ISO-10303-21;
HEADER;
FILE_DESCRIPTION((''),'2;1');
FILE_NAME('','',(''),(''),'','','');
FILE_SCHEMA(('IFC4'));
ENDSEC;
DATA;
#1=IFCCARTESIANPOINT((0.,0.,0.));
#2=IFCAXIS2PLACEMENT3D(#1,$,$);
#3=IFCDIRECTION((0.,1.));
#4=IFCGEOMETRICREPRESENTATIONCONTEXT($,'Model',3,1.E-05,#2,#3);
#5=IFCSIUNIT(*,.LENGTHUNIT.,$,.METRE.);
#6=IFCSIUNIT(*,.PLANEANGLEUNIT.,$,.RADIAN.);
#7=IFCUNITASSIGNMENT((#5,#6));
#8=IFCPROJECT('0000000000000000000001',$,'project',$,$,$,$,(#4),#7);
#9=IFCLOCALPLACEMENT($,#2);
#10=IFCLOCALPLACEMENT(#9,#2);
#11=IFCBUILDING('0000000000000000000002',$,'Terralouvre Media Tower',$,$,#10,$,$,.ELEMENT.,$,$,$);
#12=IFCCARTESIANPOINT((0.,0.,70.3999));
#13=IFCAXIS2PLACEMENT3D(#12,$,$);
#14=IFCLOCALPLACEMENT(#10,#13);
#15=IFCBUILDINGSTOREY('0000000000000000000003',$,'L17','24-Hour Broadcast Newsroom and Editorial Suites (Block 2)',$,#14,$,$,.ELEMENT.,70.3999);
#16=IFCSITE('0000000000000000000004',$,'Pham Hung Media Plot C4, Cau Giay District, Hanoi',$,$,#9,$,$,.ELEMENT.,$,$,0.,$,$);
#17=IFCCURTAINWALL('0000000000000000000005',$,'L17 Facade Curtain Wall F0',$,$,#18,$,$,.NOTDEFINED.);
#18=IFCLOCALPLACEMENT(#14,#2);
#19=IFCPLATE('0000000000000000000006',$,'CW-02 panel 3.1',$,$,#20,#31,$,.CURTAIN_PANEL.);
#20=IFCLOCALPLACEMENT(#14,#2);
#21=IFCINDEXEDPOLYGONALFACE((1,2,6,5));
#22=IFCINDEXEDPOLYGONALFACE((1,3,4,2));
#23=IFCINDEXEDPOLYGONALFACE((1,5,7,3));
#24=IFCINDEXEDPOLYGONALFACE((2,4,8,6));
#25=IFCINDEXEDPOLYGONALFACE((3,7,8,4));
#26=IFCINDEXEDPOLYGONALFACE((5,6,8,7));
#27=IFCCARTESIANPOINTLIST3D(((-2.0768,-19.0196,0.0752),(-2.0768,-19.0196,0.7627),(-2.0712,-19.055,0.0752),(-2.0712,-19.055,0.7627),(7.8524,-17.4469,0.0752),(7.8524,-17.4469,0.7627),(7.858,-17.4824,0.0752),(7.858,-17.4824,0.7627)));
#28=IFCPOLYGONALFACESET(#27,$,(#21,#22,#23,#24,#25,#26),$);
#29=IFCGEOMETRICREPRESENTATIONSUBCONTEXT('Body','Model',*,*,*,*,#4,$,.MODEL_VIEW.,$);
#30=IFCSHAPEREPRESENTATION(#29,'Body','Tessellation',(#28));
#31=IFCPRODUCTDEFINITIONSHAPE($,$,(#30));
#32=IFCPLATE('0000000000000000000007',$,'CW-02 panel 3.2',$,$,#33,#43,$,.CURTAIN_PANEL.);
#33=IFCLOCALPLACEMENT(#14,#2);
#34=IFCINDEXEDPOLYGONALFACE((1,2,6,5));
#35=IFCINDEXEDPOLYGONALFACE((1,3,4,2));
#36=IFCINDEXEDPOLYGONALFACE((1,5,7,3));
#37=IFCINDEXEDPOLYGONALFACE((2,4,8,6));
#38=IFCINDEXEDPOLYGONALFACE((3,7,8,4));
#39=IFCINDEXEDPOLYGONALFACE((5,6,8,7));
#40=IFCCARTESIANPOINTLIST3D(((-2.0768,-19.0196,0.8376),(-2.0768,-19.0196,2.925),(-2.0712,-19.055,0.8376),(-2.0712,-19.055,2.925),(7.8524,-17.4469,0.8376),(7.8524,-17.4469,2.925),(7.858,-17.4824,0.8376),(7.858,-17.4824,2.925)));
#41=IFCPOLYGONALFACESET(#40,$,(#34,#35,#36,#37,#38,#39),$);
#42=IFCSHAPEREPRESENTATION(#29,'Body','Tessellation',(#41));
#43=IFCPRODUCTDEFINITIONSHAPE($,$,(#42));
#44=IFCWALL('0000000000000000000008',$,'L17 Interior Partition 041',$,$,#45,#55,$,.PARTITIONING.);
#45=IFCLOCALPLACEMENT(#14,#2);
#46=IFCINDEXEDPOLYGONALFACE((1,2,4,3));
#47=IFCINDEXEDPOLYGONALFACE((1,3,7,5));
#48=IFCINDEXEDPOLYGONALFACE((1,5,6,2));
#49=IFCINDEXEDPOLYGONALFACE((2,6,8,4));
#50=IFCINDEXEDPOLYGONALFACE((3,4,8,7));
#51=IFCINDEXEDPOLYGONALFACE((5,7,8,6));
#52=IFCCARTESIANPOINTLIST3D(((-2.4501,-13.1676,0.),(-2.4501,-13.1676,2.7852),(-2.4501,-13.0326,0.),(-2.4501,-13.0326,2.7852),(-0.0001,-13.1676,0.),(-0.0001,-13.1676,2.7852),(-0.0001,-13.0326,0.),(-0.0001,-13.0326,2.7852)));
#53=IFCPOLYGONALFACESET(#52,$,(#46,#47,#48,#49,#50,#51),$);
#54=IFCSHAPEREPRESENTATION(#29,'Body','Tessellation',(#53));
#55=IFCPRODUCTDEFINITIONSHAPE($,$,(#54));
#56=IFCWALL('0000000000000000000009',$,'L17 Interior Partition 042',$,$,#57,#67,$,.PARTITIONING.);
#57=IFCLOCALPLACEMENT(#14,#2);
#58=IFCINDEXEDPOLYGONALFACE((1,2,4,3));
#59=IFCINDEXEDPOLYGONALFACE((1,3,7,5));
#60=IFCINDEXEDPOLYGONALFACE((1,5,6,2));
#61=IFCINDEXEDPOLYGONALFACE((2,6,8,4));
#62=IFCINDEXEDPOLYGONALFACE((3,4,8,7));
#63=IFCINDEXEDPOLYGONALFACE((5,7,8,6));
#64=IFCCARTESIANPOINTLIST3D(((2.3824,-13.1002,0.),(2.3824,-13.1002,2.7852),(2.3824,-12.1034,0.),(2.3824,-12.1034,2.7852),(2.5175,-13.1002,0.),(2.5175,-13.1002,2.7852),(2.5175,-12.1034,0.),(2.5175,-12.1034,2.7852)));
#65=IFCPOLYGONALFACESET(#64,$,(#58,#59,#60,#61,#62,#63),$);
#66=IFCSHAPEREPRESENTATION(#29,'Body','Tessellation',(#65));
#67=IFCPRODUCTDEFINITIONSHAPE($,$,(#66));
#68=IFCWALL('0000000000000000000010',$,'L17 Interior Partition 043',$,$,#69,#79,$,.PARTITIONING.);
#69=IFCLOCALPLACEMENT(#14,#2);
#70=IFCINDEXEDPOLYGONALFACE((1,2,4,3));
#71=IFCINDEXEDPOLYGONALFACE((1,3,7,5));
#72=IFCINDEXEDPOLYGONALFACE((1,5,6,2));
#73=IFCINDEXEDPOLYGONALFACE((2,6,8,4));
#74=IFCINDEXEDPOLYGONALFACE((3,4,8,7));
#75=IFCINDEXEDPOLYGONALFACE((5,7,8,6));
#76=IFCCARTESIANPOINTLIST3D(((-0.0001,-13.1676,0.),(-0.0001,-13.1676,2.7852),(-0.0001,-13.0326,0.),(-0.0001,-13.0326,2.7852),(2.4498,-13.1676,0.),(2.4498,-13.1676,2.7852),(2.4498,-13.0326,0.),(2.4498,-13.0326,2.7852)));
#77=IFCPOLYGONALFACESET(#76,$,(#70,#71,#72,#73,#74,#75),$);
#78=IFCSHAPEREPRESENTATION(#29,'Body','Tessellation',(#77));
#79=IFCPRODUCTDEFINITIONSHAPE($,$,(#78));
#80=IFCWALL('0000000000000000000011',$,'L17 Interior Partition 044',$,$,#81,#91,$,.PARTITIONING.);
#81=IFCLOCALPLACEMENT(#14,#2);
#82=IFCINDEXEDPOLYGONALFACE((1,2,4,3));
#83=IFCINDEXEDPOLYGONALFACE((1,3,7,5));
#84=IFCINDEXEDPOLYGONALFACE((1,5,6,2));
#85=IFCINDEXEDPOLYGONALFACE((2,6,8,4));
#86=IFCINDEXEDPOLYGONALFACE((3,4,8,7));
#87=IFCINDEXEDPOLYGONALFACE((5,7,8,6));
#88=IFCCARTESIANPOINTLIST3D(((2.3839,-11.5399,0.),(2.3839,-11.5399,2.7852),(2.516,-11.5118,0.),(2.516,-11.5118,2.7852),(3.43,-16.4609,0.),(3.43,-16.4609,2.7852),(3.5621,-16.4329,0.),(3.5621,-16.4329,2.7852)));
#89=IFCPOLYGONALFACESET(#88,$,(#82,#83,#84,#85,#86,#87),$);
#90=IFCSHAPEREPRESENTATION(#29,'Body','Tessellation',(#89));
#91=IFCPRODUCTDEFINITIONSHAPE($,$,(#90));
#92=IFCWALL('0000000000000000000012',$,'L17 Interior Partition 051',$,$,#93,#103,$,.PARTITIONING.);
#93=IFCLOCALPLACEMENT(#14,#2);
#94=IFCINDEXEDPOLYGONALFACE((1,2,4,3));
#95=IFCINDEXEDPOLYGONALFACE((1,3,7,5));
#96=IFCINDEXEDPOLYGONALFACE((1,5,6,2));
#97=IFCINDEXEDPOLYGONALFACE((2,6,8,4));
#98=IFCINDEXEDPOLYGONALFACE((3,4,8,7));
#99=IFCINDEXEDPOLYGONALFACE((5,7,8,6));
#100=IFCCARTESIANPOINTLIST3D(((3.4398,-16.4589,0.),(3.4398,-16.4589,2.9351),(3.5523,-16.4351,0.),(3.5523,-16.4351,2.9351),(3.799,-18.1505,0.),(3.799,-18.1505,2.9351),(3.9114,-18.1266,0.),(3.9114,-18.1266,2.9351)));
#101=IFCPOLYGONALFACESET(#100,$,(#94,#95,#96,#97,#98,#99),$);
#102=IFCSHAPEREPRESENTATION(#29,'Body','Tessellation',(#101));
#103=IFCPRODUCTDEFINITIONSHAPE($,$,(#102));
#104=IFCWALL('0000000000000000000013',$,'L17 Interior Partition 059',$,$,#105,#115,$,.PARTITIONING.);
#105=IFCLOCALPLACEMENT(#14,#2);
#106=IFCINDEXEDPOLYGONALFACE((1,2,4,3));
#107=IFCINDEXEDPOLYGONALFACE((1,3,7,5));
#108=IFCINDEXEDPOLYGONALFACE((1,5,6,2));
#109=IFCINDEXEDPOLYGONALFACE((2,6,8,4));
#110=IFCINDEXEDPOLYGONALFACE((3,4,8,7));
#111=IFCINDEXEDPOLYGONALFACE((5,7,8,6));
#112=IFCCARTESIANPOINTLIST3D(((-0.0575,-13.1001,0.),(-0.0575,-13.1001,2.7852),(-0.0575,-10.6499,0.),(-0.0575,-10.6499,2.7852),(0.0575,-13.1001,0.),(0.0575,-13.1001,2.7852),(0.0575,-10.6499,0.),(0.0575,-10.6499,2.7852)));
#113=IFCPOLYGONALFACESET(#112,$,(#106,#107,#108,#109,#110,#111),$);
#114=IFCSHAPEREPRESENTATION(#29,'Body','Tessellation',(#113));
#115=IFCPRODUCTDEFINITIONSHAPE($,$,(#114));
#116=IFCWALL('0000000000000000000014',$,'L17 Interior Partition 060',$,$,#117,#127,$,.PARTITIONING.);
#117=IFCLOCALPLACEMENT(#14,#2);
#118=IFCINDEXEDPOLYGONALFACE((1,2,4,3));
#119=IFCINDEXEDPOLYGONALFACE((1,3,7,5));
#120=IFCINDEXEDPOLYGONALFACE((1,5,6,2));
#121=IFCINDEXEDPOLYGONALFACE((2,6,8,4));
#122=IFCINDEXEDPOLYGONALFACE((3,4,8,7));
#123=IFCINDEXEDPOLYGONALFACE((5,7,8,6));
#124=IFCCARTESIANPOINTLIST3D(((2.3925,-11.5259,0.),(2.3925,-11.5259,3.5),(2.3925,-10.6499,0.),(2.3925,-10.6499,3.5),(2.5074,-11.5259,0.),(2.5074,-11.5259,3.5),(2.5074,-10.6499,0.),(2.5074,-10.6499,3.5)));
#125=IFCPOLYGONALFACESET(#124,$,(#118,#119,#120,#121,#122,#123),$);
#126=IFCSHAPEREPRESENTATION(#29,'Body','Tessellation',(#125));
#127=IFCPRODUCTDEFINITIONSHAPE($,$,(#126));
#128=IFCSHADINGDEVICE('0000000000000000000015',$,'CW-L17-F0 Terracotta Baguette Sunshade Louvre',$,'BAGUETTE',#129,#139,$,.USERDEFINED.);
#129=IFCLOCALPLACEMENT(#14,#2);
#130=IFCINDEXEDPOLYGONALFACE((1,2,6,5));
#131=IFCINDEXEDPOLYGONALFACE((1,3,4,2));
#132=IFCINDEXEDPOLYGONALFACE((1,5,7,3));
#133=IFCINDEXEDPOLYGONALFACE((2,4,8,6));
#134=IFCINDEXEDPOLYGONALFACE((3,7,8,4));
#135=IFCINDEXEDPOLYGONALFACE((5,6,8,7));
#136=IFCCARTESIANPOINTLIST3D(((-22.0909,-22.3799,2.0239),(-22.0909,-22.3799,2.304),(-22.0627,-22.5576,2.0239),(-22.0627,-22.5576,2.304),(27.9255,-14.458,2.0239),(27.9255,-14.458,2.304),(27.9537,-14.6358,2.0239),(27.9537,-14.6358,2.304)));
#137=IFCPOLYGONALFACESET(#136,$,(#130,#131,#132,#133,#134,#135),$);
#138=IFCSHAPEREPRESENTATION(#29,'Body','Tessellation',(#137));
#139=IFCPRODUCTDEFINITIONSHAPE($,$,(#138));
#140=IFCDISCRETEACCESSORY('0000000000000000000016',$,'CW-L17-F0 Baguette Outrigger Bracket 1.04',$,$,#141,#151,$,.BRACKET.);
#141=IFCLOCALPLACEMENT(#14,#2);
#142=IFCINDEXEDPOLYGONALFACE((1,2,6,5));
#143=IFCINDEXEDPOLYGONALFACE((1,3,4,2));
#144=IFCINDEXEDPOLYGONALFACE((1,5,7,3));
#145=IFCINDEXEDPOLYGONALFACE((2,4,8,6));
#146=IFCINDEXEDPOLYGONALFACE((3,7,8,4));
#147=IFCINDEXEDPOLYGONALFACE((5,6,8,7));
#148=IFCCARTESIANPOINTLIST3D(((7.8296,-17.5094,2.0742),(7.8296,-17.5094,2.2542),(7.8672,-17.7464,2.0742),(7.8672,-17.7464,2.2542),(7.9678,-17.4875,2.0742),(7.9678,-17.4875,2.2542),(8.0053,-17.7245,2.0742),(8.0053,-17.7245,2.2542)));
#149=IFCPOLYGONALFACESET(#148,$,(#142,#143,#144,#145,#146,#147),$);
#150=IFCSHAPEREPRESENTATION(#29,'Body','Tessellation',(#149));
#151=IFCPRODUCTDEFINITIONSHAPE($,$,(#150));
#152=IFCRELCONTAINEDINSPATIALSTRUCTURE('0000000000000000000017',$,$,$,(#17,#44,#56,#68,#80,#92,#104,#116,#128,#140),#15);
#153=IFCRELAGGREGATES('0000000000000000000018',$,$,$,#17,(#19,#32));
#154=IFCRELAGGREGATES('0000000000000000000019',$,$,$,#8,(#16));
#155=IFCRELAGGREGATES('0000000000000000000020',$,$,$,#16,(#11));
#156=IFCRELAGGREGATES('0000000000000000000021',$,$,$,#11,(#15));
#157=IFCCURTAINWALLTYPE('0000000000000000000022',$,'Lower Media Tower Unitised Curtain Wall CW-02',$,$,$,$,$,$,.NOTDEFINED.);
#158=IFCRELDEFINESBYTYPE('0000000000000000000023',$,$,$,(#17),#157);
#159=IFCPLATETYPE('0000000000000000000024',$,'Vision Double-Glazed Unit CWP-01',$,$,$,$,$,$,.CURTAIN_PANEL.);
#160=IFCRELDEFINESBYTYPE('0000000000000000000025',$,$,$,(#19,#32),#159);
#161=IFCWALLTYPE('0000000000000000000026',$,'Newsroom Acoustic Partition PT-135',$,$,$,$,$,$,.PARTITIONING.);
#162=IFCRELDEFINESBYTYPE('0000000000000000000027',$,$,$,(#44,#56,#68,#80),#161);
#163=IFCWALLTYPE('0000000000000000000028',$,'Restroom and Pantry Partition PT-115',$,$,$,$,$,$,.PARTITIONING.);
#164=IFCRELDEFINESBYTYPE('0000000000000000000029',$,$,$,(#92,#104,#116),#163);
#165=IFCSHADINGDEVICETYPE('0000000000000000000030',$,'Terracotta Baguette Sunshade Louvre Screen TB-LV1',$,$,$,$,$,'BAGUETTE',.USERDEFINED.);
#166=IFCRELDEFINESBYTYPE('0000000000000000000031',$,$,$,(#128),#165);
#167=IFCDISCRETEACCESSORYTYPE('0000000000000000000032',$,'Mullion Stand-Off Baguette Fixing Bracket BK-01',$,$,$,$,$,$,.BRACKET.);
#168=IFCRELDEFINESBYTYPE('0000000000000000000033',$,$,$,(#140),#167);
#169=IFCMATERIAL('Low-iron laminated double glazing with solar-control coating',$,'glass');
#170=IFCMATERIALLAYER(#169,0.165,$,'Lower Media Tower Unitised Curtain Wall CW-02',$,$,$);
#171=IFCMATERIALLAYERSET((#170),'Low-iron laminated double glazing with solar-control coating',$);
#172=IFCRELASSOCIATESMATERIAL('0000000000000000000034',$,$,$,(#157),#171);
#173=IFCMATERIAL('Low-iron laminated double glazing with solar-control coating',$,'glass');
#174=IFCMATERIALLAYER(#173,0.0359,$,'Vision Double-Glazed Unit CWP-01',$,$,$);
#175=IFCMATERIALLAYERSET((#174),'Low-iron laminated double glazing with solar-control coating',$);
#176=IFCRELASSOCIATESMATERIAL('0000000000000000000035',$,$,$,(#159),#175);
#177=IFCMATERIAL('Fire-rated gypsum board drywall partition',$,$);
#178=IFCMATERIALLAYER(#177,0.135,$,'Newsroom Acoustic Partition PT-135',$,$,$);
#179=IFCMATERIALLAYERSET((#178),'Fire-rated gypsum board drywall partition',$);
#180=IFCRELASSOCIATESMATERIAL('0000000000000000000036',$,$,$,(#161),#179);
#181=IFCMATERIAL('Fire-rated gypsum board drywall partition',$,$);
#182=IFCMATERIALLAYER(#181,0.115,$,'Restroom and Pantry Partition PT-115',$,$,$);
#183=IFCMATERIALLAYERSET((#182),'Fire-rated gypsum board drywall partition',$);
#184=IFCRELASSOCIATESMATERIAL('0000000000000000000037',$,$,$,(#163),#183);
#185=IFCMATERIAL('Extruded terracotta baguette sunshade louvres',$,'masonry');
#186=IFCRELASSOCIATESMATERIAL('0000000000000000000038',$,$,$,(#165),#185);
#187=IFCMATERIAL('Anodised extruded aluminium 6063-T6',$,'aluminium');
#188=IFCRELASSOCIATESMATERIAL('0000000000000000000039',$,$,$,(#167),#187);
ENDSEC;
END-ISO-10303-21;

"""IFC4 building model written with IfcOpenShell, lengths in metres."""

from ifc_helpers import new_model, si_unit, direction, frame, frame_2d, origin, origin_2d, place, context, subcontext, project, spatial, rectangle, extrude, material, layer, layer_set, type_object, element, aggregate, save


model = new_model("IFC4")

# Units and contexts
model_context = context("Model", 3, precision=1e-05, world=origin(), true_north=direction((0.0, 1.0)))
body_context = subcontext(model_context, "Body", "Model", "MODEL_VIEW")
ifc_project = project(units=[si_unit("LENGTHUNIT", "METRE"), si_unit("PLANEANGLEUNIT", "RADIAN")], contexts=[model_context])

# Site, building, storey
site_placement = place(None, origin())
site = spatial("IfcSite", under=ifc_project, at=site_placement, Name="Pham Hung Media Plot C4, Cau Giay District, Hanoi", CompositionType="ELEMENT", RefElevation=0.0)
building_placement = place(site_placement, origin())
building = spatial("IfcBuilding", under=site, at=building_placement, Name="Terralouvre Media Tower", CompositionType="ELEMENT")
storey_placement = place(building_placement, frame((0.0, 0.0, 70.3999)))
storey = spatial("IfcBuildingStorey", under=building, at=storey_placement, Name="L17", Description="24-Hour Broadcast Newsroom and Editorial Suites (Block 2)", CompositionType="ELEMENT", Elevation=70.3999)

# Curtain wall
ifc_material_1 = material(Name="Low-iron laminated double glazing with solar-control coating", Category="glass")
ifc_layer_1 = layer(ifc_material_1, 0.165, Name="Lower Media Tower Unitised Curtain Wall CW-02")
ifc_layer_set_1 = layer_set([ifc_layer_1], Name="Low-iron laminated double glazing with solar-control coating")
curtain_wall_type = type_object("IfcCurtainWallType", Name="Lower Media Tower Unitised Curtain Wall CW-02", PredefinedType="NOTDEFINED", material=ifc_layer_set_1)
curtain_wall_placement = place(storey_placement, origin())
curtain_wall = element("IfcCurtainWall", 1, at=curtain_wall_placement, inside=storey, type_object=curtain_wall_type, Name="L17 Facade Curtain Wall F0", PredefinedType="NOTDEFINED")

# Plates
ifc_material_2 = material(Name="Low-iron laminated double glazing with solar-control coating", Category="glass")
ifc_layer_2 = layer(ifc_material_2, 0.0359, Name="Vision Double-Glazed Unit CWP-01")
ifc_layer_set_2 = layer_set([ifc_layer_2], Name="Low-iron laminated double glazing with solar-control coating")
plate_type = type_object("IfcPlateType", Name="Vision Double-Glazed Unit CWP-01", PredefinedType="CURTAIN_PANEL", material=ifc_layer_set_2)
plate_1_placement = place(storey_placement, frame((2.8906, -18.251, 0.0752), z_axis=(0.0, 0.0, 1.0), x_axis=(0.987688, 0.156434, 0.0)))
plate_1 = element("IfcPlate", 2, at=plate_1_placement, type_object=plate_type, Name="CW-02 panel 3.1", PredefinedType="CURTAIN_PANEL", context=body_context, shape_type="SweptSolid", body=[
    extrude(rectangle(XDim=10.053, YDim=0.0359, at=origin_2d()), origin(), (0.0, 0.0, 1.0), 0.6875),
])
plate_2_placement = place(storey_placement, frame((2.8906, -18.251, 0.8376), z_axis=(0.0, 0.0, 1.0), x_axis=(0.987688, 0.156434, 0.0)))
plate_2 = element("IfcPlate", 3, at=plate_2_placement, type_object=plate_type, Name="CW-02 panel 3.2", PredefinedType="CURTAIN_PANEL", context=body_context, shape_type="SweptSolid", body=[
    extrude(rectangle(XDim=10.053, YDim=0.0359, at=origin_2d()), origin(), (0.0, 0.0, 1.0), 2.0874),
])
aggregate(curtain_wall, [plate_1, plate_2])

# Walls
ifc_material_3 = material(Name="Fire-rated gypsum board drywall partition")
ifc_layer_3 = layer(ifc_material_3, 0.135, Name="Newsroom Acoustic Partition PT-135")
ifc_layer_set_3 = layer_set([ifc_layer_3], Name="Fire-rated gypsum board drywall partition")
wall_type_1 = type_object("IfcWallType", Name="Newsroom Acoustic Partition PT-135", PredefinedType="PARTITIONING", material=ifc_layer_set_3)
wall_1_placement = place(storey_placement, frame((0.0, -13.1001, 0.0), z_axis=(0.0, 0.0, 1.0), x_axis=(-1.0, 0.0, 0.0)))
element("IfcWall", 4, at=wall_1_placement, inside=storey, type_object=wall_type_1, Name="L17 Interior Partition 041", PredefinedType="PARTITIONING", context=body_context, shape_type="SweptSolid", body=[
    extrude(rectangle(XDim=2.45, YDim=0.135, at=frame_2d((1.2251, 0.0))), origin(), (0.0, 0.0, 1.0), 2.7852),
])
wall_2_placement = place(storey_placement, frame((2.45, -12.1033, 0.0), z_axis=(0.0, 0.0, 1.0), x_axis=(0.0, -1.0, 0.0)))
element("IfcWall", 5, at=wall_2_placement, inside=storey, type_object=wall_type_1, Name="L17 Interior Partition 042", PredefinedType="PARTITIONING", context=body_context, shape_type="SweptSolid", body=[
    extrude(rectangle(XDim=0.9968, YDim=0.135, at=frame_2d((0.4985, 0.0))), origin(), (0.0, 0.0, 1.0), 2.7852),
])
wall_3_placement = place(storey_placement, frame((2.45, -13.1001, 0.0), z_axis=(0.0, 0.0, 1.0), x_axis=(-1.0, 0.0, 0.0)))
element("IfcWall", 6, at=wall_3_placement, inside=storey, type_object=wall_type_1, Name="L17 Interior Partition 043", PredefinedType="PARTITIONING", context=body_context, shape_type="SweptSolid", body=[
    extrude(rectangle(XDim=2.45, YDim=0.135, at=frame_2d((1.2251, 0.0))), origin(), (0.0, 0.0, 1.0), 2.7852),
])
wall_4_placement = place(storey_placement, frame((3.4961, -16.447, 0.0), z_axis=(0.0, 0.0, 1.0), x_axis=(-0.207935, 0.978143, 0.0)))
element("IfcWall", 7, at=wall_4_placement, inside=storey, type_object=wall_type_1, Name="L17 Interior Partition 044", PredefinedType="PARTITIONING", context=body_context, shape_type="SweptSolid", body=[
    extrude(rectangle(XDim=5.031, YDim=0.135, at=frame_2d((2.5156, 0.0))), origin(), (0.0, 0.0, 1.0), 2.7852),
])
ifc_material_4 = material(Name="Fire-rated gypsum board drywall partition")
ifc_layer_4 = layer(ifc_material_4, 0.115, Name="Restroom and Pantry Partition PT-115")
ifc_layer_set_4 = layer_set([ifc_layer_4], Name="Fire-rated gypsum board drywall partition")
wall_type_2 = type_object("IfcWallType", Name="Restroom and Pantry Partition PT-115", PredefinedType="PARTITIONING", material=ifc_layer_set_4)
wall_5_placement = place(storey_placement, frame((3.8552, -18.1387, 0.0), z_axis=(0.0, 0.0, 1.0), x_axis=(-0.207668, 0.978199, 0.0)))
element("IfcWall", 8, at=wall_5_placement, inside=storey, type_object=wall_type_2, Name="L17 Interior Partition 051", PredefinedType="PARTITIONING", context=body_context, shape_type="SweptSolid", body=[
    extrude(rectangle(XDim=1.7292, YDim=0.115, at=frame_2d((0.8647, 0.0))), origin(), (0.0, 0.0, 1.0), 2.9351),
])
wall_6_placement = place(storey_placement, frame((0.0, -13.1001, 0.0), z_axis=(0.0, 0.0, 1.0), x_axis=(0.0, 1.0, 0.0)))
element("IfcWall", 9, at=wall_6_placement, inside=storey, type_object=wall_type_2, Name="L17 Interior Partition 059", PredefinedType="PARTITIONING", context=body_context, shape_type="SweptSolid", body=[
    extrude(rectangle(XDim=2.4502, YDim=0.115, at=frame_2d((1.2251, 0.0))), origin(), (0.0, 0.0, 1.0), 2.7852),
])
wall_7_placement = place(storey_placement, frame((2.45, -11.5259, 0.0), z_axis=(0.0, 0.0, 1.0), x_axis=(0.0, 1.0, 0.0)))
element("IfcWall", 10, at=wall_7_placement, inside=storey, type_object=wall_type_2, Name="L17 Interior Partition 060", PredefinedType="PARTITIONING", context=body_context, shape_type="SweptSolid", body=[
    extrude(rectangle(XDim=0.876, YDim=0.115, at=frame_2d((0.438, 0.0))), origin(), (0.0, 0.0, 1.0), 3.5),
])

# Shading device
ifc_material_5 = material(Name="Extruded terracotta baguette sunshade louvres", Category="masonry")
shading_device_type = type_object("IfcShadingDeviceType", Name="Terracotta Baguette Sunshade Louvre Screen TB-LV1", ElementType="BAGUETTE", PredefinedType="USERDEFINED", material=ifc_material_5)
shading_device_placement = place(storey_placement, frame((2.9314, -18.5078, 2.0239), z_axis=(0.0, 0.0, 1.0), x_axis=(0.987688, 0.156434, 0.0)))
element("IfcShadingDevice", 11, at=shading_device_placement, inside=storey, type_object=shading_device_type, Name="CW-L17-F0 Terracotta Baguette Sunshade Louvre", ObjectType="BAGUETTE", PredefinedType="USERDEFINED", context=body_context, shape_type="SweptSolid", body=[
    extrude(rectangle(XDim=50.6399, YDim=0.1799, at=origin_2d()), origin(), (0.0, 0.0, 1.0), 0.28),
])

# Discrete accessory
ifc_material_6 = material(Name="Anodised extruded aluminium 6063-T6", Category="aluminium")
discrete_accessory_type = type_object("IfcDiscreteAccessoryType", Name="Mullion Stand-Off Baguette Fixing Bracket BK-01", PredefinedType="BRACKET", material=ifc_material_6)
discrete_accessory_placement = place(storey_placement, frame((7.9175, -17.6169, 2.0742), z_axis=(0.0, 0.0, 1.0), x_axis=(0.987688, 0.156434, 0.0)))
element("IfcDiscreteAccessory", 12, at=discrete_accessory_placement, inside=storey, type_object=discrete_accessory_type, Name="CW-L17-F0 Baguette Outrigger Bracket 1.04", PredefinedType="BRACKET", context=body_context, shape_type="SweptSolid", body=[
    extrude(rectangle(XDim=0.1399, YDim=0.24, at=origin_2d()), origin(), (0.0, 0.0, 1.0), 0.1799),
])

save(model, "model.ifc")
